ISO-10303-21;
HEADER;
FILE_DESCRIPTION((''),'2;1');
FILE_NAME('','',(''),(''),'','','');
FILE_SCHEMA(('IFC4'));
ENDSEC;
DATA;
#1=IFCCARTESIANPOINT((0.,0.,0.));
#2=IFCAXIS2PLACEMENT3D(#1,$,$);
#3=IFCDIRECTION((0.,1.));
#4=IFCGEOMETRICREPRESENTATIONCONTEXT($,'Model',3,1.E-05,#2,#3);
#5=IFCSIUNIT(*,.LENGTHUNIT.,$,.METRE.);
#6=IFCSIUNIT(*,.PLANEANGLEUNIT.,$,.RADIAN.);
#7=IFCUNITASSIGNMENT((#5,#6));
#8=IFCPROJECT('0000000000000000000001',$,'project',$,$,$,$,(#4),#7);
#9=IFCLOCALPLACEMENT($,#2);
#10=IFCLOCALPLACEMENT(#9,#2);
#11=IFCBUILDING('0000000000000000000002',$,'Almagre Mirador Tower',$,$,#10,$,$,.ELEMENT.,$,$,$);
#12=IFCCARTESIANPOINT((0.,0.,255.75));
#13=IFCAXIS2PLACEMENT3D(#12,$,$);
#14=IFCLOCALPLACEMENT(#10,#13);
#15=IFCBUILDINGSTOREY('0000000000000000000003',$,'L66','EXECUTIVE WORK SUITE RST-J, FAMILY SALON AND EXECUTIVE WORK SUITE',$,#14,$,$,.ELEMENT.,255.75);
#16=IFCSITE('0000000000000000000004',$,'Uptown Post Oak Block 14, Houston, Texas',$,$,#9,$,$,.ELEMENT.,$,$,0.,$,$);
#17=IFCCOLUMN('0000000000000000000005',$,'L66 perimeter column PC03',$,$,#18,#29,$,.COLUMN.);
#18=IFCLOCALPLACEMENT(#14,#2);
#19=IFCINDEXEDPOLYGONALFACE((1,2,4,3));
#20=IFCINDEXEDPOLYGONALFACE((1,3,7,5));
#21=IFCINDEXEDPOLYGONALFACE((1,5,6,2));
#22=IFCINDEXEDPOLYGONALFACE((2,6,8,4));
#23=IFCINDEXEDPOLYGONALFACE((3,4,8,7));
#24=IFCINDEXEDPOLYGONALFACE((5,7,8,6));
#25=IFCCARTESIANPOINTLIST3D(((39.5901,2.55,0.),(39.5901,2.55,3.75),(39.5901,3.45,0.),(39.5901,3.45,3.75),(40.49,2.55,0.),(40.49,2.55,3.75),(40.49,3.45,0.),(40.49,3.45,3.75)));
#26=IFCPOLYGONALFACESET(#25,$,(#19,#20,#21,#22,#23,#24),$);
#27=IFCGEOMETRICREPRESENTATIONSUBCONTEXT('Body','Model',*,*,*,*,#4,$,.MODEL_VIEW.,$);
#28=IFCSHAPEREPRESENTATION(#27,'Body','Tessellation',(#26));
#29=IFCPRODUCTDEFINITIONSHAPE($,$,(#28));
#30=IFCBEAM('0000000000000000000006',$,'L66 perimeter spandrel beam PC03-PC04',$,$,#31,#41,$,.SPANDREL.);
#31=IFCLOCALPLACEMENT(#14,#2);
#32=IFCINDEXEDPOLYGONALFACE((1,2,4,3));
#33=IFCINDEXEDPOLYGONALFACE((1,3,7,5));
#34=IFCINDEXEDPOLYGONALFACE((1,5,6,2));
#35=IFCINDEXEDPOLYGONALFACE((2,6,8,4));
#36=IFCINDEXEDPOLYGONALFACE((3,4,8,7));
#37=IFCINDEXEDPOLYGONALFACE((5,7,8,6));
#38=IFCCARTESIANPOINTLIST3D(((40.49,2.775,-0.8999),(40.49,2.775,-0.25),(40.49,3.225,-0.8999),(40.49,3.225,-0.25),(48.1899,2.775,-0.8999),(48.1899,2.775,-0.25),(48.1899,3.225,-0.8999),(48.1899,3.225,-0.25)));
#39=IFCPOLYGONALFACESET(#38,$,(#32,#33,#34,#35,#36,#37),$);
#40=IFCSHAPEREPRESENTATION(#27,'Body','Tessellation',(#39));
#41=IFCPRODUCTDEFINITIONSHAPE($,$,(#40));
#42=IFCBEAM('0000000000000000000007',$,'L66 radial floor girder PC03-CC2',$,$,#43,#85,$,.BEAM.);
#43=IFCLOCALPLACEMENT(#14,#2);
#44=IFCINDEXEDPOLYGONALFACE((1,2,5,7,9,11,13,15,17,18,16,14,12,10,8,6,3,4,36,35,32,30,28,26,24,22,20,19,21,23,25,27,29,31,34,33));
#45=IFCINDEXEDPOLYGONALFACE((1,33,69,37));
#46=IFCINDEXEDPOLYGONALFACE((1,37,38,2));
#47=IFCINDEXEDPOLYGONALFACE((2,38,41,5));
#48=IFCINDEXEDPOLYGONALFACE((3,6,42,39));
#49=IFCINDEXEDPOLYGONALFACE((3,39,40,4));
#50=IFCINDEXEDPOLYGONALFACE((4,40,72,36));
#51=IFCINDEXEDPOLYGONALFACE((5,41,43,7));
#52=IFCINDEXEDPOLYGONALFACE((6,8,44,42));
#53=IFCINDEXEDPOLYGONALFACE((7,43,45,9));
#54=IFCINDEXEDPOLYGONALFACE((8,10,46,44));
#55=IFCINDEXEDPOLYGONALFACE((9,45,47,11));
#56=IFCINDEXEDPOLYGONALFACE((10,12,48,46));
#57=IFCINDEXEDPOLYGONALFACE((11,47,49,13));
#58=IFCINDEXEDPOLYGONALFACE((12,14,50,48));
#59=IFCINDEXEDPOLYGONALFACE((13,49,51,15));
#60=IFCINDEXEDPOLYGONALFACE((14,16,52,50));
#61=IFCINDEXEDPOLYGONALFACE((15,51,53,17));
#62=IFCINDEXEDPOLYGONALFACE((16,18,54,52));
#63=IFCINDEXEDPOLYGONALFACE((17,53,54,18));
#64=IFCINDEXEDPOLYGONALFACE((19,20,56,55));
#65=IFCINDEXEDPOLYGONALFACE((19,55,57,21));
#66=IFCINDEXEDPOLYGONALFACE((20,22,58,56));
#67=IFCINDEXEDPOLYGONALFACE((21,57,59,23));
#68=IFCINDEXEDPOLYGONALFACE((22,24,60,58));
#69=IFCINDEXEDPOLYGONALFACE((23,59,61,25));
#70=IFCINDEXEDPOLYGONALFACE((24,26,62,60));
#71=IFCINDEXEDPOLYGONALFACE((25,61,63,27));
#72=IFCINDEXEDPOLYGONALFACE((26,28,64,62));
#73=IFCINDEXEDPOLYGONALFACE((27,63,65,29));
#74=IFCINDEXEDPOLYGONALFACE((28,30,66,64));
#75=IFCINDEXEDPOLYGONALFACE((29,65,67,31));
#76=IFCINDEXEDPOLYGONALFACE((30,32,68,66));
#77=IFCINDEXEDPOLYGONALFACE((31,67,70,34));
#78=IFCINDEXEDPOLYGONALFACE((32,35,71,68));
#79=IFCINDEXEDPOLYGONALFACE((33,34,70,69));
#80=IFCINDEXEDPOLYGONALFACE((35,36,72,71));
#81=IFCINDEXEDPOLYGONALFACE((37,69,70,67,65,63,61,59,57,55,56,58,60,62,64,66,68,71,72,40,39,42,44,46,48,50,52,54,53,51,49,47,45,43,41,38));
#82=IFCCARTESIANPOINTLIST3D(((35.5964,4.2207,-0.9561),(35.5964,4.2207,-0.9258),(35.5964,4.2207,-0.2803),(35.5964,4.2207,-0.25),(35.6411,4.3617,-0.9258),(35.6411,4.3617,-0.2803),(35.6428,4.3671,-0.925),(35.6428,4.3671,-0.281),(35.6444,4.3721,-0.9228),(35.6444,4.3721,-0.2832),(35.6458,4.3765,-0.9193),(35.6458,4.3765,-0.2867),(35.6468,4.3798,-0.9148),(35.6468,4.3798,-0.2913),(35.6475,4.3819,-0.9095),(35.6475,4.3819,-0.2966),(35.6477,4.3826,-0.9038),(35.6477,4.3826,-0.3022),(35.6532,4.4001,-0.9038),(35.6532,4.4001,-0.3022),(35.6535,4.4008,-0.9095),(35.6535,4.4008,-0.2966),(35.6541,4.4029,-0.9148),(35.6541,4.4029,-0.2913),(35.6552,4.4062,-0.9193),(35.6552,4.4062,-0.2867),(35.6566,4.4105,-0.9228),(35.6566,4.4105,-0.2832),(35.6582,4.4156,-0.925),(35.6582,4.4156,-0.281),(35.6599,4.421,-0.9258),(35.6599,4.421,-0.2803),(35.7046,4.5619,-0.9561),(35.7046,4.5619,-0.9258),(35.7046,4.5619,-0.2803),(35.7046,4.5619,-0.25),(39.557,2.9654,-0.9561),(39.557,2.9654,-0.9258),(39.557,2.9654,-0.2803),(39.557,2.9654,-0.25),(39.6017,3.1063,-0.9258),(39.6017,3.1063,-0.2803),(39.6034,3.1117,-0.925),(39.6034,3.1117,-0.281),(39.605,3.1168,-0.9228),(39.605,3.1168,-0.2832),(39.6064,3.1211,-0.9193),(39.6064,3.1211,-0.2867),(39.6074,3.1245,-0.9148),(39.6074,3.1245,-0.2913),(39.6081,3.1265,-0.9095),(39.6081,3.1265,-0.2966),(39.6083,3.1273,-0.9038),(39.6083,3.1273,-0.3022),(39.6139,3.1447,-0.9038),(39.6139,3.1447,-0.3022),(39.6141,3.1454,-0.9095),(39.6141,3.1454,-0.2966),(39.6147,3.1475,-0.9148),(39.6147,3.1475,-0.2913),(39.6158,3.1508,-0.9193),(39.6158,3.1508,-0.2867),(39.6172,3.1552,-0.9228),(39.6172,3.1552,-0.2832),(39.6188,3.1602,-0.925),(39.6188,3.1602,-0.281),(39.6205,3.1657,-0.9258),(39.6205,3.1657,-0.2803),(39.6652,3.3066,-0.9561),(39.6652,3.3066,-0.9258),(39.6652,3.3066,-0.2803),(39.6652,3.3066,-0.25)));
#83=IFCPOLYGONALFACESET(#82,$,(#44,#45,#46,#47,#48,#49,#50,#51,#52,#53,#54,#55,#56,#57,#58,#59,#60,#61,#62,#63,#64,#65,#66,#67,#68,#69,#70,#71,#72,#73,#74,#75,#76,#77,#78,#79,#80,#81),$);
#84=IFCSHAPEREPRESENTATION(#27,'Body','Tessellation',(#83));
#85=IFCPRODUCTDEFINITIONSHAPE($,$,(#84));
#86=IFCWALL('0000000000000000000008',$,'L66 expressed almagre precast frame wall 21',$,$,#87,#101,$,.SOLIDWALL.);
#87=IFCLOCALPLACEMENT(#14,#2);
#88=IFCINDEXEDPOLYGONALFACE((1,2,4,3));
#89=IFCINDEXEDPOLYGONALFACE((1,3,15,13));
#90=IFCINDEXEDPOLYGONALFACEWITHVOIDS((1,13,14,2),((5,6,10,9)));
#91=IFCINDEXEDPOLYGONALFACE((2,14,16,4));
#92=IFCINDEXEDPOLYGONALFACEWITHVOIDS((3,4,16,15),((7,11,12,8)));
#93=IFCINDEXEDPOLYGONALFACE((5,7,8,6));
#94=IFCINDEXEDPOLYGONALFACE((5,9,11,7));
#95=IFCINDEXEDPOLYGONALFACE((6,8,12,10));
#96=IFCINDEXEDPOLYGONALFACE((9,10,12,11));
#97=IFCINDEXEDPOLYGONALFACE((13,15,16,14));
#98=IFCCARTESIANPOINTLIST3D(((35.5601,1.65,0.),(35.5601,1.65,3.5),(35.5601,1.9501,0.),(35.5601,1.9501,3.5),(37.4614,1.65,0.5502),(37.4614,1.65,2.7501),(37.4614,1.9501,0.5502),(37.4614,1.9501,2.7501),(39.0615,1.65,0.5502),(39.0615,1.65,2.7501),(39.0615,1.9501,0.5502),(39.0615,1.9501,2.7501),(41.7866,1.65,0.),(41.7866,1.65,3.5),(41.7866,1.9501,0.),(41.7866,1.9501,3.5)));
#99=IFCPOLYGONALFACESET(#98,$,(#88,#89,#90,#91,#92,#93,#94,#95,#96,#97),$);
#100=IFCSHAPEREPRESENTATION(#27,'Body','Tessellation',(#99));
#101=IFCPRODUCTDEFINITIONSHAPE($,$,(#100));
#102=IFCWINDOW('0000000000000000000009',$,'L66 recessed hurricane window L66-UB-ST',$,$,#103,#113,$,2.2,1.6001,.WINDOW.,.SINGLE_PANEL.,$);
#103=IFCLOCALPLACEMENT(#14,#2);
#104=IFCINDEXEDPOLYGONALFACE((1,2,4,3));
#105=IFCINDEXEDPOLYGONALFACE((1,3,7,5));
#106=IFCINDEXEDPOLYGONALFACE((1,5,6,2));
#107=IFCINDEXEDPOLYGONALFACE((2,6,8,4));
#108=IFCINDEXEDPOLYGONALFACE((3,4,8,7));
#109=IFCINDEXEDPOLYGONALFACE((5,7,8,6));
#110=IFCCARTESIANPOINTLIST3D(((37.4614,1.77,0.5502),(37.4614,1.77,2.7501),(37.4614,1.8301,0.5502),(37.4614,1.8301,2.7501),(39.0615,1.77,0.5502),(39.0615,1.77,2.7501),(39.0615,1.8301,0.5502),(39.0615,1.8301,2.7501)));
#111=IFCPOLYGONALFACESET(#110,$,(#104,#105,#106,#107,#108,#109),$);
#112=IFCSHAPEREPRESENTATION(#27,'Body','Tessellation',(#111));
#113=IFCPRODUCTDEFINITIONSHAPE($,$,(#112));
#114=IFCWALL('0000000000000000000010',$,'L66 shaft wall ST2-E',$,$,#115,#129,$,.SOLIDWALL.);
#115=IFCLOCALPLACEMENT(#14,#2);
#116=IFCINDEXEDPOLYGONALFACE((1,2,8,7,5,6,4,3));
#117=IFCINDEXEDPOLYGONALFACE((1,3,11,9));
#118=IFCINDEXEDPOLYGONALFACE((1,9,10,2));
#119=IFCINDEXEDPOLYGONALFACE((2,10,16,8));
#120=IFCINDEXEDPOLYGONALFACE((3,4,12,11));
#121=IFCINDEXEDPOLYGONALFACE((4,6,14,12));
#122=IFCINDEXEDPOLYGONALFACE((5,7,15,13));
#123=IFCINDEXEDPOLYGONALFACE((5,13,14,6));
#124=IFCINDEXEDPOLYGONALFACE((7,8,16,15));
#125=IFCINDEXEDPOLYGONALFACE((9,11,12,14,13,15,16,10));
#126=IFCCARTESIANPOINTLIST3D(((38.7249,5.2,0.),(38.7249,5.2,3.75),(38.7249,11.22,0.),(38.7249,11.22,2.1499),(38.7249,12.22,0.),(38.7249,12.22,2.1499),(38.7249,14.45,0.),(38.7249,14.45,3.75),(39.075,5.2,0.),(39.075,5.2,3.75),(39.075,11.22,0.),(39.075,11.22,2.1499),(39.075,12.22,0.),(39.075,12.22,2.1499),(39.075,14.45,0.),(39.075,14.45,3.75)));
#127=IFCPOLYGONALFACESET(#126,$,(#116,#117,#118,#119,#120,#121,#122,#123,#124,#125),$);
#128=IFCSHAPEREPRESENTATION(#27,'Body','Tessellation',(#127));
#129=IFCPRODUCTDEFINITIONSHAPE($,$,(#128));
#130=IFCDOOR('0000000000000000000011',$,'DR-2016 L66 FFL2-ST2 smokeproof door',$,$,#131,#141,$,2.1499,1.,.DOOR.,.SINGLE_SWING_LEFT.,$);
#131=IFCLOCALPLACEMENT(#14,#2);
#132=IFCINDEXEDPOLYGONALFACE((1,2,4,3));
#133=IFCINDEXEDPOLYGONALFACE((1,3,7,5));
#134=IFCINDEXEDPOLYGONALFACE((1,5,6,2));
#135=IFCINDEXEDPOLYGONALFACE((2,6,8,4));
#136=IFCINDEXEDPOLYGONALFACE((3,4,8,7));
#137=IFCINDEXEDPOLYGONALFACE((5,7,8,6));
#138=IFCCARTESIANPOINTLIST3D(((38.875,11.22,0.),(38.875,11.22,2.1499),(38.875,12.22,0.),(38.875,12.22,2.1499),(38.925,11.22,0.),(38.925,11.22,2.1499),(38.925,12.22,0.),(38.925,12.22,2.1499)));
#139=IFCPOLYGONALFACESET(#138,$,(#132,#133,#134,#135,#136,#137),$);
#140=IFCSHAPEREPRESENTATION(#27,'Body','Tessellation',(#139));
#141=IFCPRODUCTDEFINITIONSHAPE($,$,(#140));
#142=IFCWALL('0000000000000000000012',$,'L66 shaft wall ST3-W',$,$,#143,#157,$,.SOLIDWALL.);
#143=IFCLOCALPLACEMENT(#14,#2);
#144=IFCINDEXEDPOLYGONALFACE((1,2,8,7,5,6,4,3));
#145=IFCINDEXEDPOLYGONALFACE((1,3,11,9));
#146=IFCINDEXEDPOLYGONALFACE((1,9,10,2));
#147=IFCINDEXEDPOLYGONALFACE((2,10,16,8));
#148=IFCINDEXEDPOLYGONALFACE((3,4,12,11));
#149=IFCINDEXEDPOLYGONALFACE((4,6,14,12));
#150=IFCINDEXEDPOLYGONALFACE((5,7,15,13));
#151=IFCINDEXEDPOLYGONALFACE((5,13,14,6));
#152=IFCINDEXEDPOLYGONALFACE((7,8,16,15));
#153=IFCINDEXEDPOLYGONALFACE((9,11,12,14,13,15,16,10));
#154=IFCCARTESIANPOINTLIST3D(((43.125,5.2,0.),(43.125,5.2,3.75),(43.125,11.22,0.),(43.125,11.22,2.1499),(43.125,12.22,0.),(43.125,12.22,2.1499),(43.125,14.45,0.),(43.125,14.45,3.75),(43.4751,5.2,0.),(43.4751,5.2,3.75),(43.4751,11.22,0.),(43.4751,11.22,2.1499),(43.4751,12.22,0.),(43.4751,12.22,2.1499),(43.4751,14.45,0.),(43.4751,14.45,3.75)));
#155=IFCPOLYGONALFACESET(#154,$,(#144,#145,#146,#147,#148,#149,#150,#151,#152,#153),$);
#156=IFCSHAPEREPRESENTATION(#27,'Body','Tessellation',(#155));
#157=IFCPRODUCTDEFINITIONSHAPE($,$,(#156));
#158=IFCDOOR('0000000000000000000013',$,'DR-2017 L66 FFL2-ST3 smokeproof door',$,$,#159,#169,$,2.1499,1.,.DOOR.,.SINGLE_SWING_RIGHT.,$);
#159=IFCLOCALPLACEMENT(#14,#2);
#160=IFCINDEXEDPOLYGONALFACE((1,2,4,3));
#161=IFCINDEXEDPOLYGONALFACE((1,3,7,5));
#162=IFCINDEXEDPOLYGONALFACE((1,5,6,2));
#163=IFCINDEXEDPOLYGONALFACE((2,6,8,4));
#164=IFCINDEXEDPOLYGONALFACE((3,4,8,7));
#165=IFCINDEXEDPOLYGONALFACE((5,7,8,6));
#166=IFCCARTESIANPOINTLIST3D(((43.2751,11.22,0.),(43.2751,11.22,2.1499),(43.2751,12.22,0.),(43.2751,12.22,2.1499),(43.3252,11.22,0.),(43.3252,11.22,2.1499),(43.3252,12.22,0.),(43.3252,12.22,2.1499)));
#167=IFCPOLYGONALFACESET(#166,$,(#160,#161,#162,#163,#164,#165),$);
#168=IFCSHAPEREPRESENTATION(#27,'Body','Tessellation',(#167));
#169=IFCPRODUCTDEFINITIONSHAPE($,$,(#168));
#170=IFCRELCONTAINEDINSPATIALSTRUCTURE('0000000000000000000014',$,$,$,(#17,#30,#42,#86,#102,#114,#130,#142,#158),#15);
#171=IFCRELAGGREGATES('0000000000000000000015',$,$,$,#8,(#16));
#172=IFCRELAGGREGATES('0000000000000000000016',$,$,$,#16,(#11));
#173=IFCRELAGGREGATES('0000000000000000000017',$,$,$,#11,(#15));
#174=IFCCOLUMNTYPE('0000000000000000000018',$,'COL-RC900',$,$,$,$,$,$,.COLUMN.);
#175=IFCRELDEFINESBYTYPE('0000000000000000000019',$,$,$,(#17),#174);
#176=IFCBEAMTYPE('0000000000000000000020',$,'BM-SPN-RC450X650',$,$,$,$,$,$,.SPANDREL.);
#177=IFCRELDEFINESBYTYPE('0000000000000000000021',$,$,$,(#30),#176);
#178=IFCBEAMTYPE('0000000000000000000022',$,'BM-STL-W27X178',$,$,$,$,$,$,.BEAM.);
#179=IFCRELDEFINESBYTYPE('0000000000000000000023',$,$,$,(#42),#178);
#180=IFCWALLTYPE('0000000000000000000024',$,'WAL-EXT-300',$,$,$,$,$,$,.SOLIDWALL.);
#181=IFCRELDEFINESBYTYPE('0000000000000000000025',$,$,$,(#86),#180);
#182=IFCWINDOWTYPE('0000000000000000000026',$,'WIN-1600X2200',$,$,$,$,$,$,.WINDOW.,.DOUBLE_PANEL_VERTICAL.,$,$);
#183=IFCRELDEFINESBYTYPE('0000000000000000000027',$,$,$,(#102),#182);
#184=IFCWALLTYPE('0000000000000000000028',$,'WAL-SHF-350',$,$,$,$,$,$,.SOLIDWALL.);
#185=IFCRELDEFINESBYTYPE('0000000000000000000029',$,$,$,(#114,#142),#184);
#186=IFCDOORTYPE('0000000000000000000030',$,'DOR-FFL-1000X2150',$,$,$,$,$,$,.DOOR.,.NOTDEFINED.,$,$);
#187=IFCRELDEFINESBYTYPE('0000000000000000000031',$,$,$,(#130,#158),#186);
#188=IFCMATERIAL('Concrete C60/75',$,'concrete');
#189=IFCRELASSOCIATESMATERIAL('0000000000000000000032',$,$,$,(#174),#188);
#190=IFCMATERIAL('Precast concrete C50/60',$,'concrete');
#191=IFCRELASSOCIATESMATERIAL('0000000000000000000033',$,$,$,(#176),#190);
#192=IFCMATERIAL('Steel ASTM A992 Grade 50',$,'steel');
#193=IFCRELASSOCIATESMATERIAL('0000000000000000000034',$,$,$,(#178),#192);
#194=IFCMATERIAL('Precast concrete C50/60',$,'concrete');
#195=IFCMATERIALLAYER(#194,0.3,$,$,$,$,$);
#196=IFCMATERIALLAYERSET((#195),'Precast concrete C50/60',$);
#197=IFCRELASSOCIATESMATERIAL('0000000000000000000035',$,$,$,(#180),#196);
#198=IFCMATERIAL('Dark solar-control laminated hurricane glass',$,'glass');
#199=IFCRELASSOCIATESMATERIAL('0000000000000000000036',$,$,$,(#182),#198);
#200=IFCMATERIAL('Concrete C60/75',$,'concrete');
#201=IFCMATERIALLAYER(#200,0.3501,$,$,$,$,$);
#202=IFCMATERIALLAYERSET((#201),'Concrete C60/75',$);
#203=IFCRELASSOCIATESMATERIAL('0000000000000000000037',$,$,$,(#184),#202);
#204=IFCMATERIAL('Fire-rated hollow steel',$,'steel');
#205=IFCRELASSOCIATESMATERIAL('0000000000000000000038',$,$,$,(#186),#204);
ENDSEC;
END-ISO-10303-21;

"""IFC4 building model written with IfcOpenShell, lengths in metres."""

from ifc_helpers import new_model, si_unit, direction, frame, frame_2d, origin, origin_2d, place, context, subcontext, project, spatial, rectangle, i_section, extrude, material, layer, layer_set, material_profile, profile_set, type_object, element, fill, save


model = new_model("IFC4")

# Units and contexts
model_context = context("Model", 3, precision=1e-05, world=origin(), true_north=direction((0.0, 1.0)))
body_context = subcontext(model_context, "Body", "Model", "MODEL_VIEW")
ifc_project = project(units=[si_unit("LENGTHUNIT", "METRE"), si_unit("PLANEANGLEUNIT", "RADIAN")], contexts=[model_context])

# Site, building, storey
site_placement = place(None, origin())
site = spatial("IfcSite", under=ifc_project, at=site_placement, Name="Uptown Post Oak Block 14, Houston, Texas", CompositionType="ELEMENT", RefElevation=0.0)
building_placement = place(site_placement, origin())
building = spatial("IfcBuilding", under=site, at=building_placement, Name="Almagre Mirador Tower", CompositionType="ELEMENT")
storey_placement = place(building_placement, frame((0.0, 0.0, 255.75)))
storey = spatial("IfcBuildingStorey", under=building, at=storey_placement, Name="L66", Description="EXECUTIVE WORK SUITE RST-J, FAMILY SALON AND EXECUTIVE WORK SUITE", CompositionType="ELEMENT", Elevation=255.75)

# Column
ifc_material_1 = material(Name="Concrete C60/75", Category="concrete")
ifc_material_profile_1 = material_profile(ifc_material_1, rectangle(XDim=0.8999, YDim=0.8999, at=origin_2d()), Name="RC900X900")
ifc_profile_set_1 = profile_set([ifc_material_profile_1], Name="Concrete C60/75")
column_type = type_object("IfcColumnType", Name="COL-RC900", PredefinedType="COLUMN", material=ifc_profile_set_1)
column_placement = place(storey_placement, frame((40.04, 3.0, 0.0), z_axis=(0.0, 0.0, 1.0), x_axis=(1.0, 0.0, 0.0)))
element("IfcColumn", 1, at=column_placement, inside=storey, type_object=column_type, Name="L66 perimeter column PC03", PredefinedType="COLUMN", context=body_context, shape_type="SweptSolid", body=[
    extrude(rectangle(XDim=0.8999, YDim=0.8999, at=origin_2d()), origin(), (0.0, 0.0, 1.0), 3.75),
])

# Beams
ifc_material_2 = material(Name="Precast concrete C50/60", Category="concrete")
ifc_material_profile_2 = material_profile(ifc_material_2, rectangle(XDim=0.45, YDim=0.6499, at=origin_2d()), Name="RC450X650")
ifc_profile_set_2 = profile_set([ifc_material_profile_2], Name="Precast concrete C50/60")
beam_type_1 = type_object("IfcBeamType", Name="BM-SPN-RC450X650", PredefinedType="SPANDREL", material=ifc_profile_set_2)
beam_1_placement = place(storey_placement, frame((40.49, 3.0, -0.575), z_axis=(1.0, 0.0, 0.0), x_axis=(0.0, 1.0, 0.0)))
element("IfcBeam", 2, at=beam_1_placement, inside=storey, type_object=beam_type_1, Name="L66 perimeter spandrel beam PC03-PC04", PredefinedType="SPANDREL", context=body_context, shape_type="SweptSolid", body=[
    extrude(rectangle(XDim=0.45, YDim=0.6499, at=origin_2d()), origin(), (0.0, 0.0, 1.0), 7.7),
])
ifc_material_3 = material(Name="Steel ASTM A992 Grade 50", Category="steel")
ifc_material_profile_3 = material_profile(ifc_material_3, i_section(OverallWidth=0.3579, OverallDepth=0.7061, WebThickness=0.0183, FlangeThickness=0.0303, FilletRadius=0.022, at=origin_2d()), Name="W27X178")
ifc_profile_set_3 = profile_set([ifc_material_profile_3], Name="Steel ASTM A992 Grade 50")
beam_type_2 = type_object("IfcBeamType", Name="BM-STL-W27X178", PredefinedType="BEAM", material=ifc_profile_set_3)
beam_2_placement = place(storey_placement, frame((39.6111, 3.136, -0.603), z_axis=(-0.953262, 0.302144, 0.0), x_axis=(-0.302144, -0.953262, 0.0)))
element("IfcBeam", 3, at=beam_2_placement, inside=storey, type_object=beam_type_2, Name="L66 radial floor girder PC03-CC2", PredefinedType="BEAM", context=body_context, shape_type="SweptSolid", body=[
    extrude(i_section(OverallWidth=0.3579, OverallDepth=0.7061, WebThickness=0.0183, FlangeThickness=0.0303, FilletRadius=0.022, at=origin_2d()), origin(), (0.0, 0.0, 1.0), 4.1548),
])

# Wall, opening, window
ifc_material_4 = material(Name="Precast concrete C50/60", Category="concrete")
ifc_layer_1 = layer(ifc_material_4, 0.3)
ifc_layer_set_1 = layer_set([ifc_layer_1], Name="Precast concrete C50/60")
wall_type_1 = type_object("IfcWallType", Name="WAL-EXT-300", PredefinedType="SOLIDWALL", material=ifc_layer_set_1)
wall_1_placement = place(storey_placement, frame((41.7866, 1.8, 0.0), z_axis=(0.0, 0.0, 1.0), x_axis=(-1.0, 0.0, 0.0)))
wall_1 = element("IfcWall", 4, at=wall_1_placement, inside=storey, type_object=wall_type_1, Name="L66 expressed almagre precast frame wall 21", PredefinedType="SOLIDWALL", context=body_context, shape_type="SweptSolid", body=[
    extrude(rectangle(XDim=6.2266, YDim=0.3, at=frame_2d((3.1133, 0.0))), origin(), (0.0, 0.0, 1.0), 3.5),
])
opening_1_placement = place(wall_1_placement, frame((2.7251, 0.0, 0.55)))
opening_1 = element("IfcOpeningElement", 5, at=opening_1_placement, cuts=wall_1, PredefinedType="OPENING", context=body_context, shape_type="SweptSolid", body=[
    extrude(rectangle(XDim=1.6001, YDim=2.2, at=frame_2d((0.8, 1.1001))), frame((0.0, 0.1599, 0.0), z_axis=(0.0, -1.0, 0.0), x_axis=(1.0, 0.0, 0.0)), (0.0, 0.0, 1.0), 0.32),
])
ifc_material_5 = material(Name="Dark solar-control laminated hurricane glass", Category="glass")
window_type = type_object("IfcWindowType", Name="WIN-1600X2200", PartitioningType="DOUBLE_PANEL_VERTICAL", PredefinedType="WINDOW", material=ifc_material_5)
window_placement = place(opening_1_placement, origin())
window = element("IfcWindow", 6, at=window_placement, inside=storey, type_object=window_type, Name="L66 recessed hurricane window L66-UB-ST", OverallHeight=2.2, OverallWidth=1.6001, PartitioningType="SINGLE_PANEL", PredefinedType="WINDOW", context=body_context, shape_type="SweptSolid", body=[
    extrude(rectangle(XDim=1.6001, YDim=2.2, at=frame_2d((0.8, 1.1001))), frame((0.0, 0.03, 0.0), z_axis=(0.0, -1.0, 0.0), x_axis=(1.0, 0.0, 0.0)), (0.0, 0.0, 1.0), 0.0601),
])
fill(opening_1, window)

# Walls, openings, doors
ifc_material_6 = material(Name="Concrete C60/75", Category="concrete")
ifc_layer_2 = layer(ifc_material_6, 0.3501)
ifc_layer_set_2 = layer_set([ifc_layer_2], Name="Concrete C60/75")
wall_type_2 = type_object("IfcWallType", Name="WAL-SHF-350", PredefinedType="SOLIDWALL", material=ifc_layer_set_2)
wall_2_placement = place(storey_placement, frame((38.8999, 5.2, 0.0), z_axis=(0.0, 0.0, 1.0), x_axis=(0.0, 1.0, 0.0)))
wall_2 = element("IfcWall", 7, at=wall_2_placement, inside=storey, type_object=wall_type_2, Name="L66 shaft wall ST2-E", PredefinedType="SOLIDWALL", context=body_context, shape_type="SweptSolid", body=[
    extrude(rectangle(XDim=9.25, YDim=0.3501, at=frame_2d((4.625, 0.0))), origin(), (0.0, 0.0, 1.0), 3.75),
])
opening_2_placement = place(wall_2_placement, frame((6.02, 0.0, 0.0)))
opening_2 = element("IfcOpeningElement", 8, at=opening_2_placement, cuts=wall_2, PredefinedType="OPENING", context=body_context, shape_type="SweptSolid", body=[
    extrude(rectangle(XDim=1.0, YDim=2.1499, at=frame_2d((0.5, 1.075))), frame((0.0, 0.185, 0.0), z_axis=(0.0, -1.0, 0.0), x_axis=(1.0, 0.0, 0.0)), (0.0, 0.0, 1.0), 0.3701),
])
ifc_material_7 = material(Name="Fire-rated hollow steel", Category="steel")
door_type_1 = type_object("IfcDoorType", Name="DOR-FFL-1000X2150", OperationType="NOTDEFINED", PredefinedType="DOOR", material=ifc_material_7)
door_1_placement = place(opening_2_placement, origin())
door_1 = element("IfcDoor", 9, at=door_1_placement, inside=storey, type_object=door_type_1, Name="DR-2016 L66 FFL2-ST2 smokeproof door", OperationType="SINGLE_SWING_LEFT", OverallHeight=2.1499, OverallWidth=1.0, PredefinedType="DOOR", context=body_context, shape_type="SweptSolid", body=[
    extrude(rectangle(XDim=1.0, YDim=2.1499, at=frame_2d((0.5, 1.075))), frame((0.0, 0.0249, 0.0), z_axis=(0.0, -1.0, 0.0), x_axis=(1.0, 0.0, 0.0)), (0.0, 0.0, 1.0), 0.05),
])
fill(opening_2, door_1)
wall_3_placement = place(storey_placement, frame((43.3, 5.2, 0.0), z_axis=(0.0, 0.0, 1.0), x_axis=(0.0, 1.0, 0.0)))
wall_3 = element("IfcWall", 10, at=wall_3_placement, inside=storey, type_object=wall_type_2, Name="L66 shaft wall ST3-W", PredefinedType="SOLIDWALL", context=body_context, shape_type="SweptSolid", body=[
    extrude(rectangle(XDim=9.25, YDim=0.3501, at=frame_2d((4.625, 0.0))), origin(), (0.0, 0.0, 1.0), 3.75),
])
opening_3_placement = place(wall_3_placement, frame((6.02, 0.0, 0.0)))
opening_3 = element("IfcOpeningElement", 11, at=opening_3_placement, cuts=wall_3, PredefinedType="OPENING", context=body_context, shape_type="SweptSolid", body=[
    extrude(rectangle(XDim=1.0, YDim=2.1499, at=frame_2d((0.5, 1.075))), frame((0.0, 0.185, 0.0), z_axis=(0.0, -1.0, 0.0), x_axis=(1.0, 0.0, 0.0)), (0.0, 0.0, 1.0), 0.3701),
])
door_2_placement = place(opening_3_placement, origin())
door_2 = element("IfcDoor", 12, at=door_2_placement, inside=storey, type_object=door_type_1, Name="DR-2017 L66 FFL2-ST3 smokeproof door", OperationType="SINGLE_SWING_RIGHT", OverallHeight=2.1499, OverallWidth=1.0, PredefinedType="DOOR", context=body_context, shape_type="SweptSolid", body=[
    extrude(rectangle(XDim=1.0, YDim=2.1499, at=frame_2d((0.5, 1.075))), frame((0.0, 0.0249, 0.0), z_axis=(0.0, -1.0, 0.0), x_axis=(1.0, 0.0, 0.0)), (0.0, 0.0, 1.0), 0.05),
])
fill(opening_3, door_2)

save(model, "model.ifc")
